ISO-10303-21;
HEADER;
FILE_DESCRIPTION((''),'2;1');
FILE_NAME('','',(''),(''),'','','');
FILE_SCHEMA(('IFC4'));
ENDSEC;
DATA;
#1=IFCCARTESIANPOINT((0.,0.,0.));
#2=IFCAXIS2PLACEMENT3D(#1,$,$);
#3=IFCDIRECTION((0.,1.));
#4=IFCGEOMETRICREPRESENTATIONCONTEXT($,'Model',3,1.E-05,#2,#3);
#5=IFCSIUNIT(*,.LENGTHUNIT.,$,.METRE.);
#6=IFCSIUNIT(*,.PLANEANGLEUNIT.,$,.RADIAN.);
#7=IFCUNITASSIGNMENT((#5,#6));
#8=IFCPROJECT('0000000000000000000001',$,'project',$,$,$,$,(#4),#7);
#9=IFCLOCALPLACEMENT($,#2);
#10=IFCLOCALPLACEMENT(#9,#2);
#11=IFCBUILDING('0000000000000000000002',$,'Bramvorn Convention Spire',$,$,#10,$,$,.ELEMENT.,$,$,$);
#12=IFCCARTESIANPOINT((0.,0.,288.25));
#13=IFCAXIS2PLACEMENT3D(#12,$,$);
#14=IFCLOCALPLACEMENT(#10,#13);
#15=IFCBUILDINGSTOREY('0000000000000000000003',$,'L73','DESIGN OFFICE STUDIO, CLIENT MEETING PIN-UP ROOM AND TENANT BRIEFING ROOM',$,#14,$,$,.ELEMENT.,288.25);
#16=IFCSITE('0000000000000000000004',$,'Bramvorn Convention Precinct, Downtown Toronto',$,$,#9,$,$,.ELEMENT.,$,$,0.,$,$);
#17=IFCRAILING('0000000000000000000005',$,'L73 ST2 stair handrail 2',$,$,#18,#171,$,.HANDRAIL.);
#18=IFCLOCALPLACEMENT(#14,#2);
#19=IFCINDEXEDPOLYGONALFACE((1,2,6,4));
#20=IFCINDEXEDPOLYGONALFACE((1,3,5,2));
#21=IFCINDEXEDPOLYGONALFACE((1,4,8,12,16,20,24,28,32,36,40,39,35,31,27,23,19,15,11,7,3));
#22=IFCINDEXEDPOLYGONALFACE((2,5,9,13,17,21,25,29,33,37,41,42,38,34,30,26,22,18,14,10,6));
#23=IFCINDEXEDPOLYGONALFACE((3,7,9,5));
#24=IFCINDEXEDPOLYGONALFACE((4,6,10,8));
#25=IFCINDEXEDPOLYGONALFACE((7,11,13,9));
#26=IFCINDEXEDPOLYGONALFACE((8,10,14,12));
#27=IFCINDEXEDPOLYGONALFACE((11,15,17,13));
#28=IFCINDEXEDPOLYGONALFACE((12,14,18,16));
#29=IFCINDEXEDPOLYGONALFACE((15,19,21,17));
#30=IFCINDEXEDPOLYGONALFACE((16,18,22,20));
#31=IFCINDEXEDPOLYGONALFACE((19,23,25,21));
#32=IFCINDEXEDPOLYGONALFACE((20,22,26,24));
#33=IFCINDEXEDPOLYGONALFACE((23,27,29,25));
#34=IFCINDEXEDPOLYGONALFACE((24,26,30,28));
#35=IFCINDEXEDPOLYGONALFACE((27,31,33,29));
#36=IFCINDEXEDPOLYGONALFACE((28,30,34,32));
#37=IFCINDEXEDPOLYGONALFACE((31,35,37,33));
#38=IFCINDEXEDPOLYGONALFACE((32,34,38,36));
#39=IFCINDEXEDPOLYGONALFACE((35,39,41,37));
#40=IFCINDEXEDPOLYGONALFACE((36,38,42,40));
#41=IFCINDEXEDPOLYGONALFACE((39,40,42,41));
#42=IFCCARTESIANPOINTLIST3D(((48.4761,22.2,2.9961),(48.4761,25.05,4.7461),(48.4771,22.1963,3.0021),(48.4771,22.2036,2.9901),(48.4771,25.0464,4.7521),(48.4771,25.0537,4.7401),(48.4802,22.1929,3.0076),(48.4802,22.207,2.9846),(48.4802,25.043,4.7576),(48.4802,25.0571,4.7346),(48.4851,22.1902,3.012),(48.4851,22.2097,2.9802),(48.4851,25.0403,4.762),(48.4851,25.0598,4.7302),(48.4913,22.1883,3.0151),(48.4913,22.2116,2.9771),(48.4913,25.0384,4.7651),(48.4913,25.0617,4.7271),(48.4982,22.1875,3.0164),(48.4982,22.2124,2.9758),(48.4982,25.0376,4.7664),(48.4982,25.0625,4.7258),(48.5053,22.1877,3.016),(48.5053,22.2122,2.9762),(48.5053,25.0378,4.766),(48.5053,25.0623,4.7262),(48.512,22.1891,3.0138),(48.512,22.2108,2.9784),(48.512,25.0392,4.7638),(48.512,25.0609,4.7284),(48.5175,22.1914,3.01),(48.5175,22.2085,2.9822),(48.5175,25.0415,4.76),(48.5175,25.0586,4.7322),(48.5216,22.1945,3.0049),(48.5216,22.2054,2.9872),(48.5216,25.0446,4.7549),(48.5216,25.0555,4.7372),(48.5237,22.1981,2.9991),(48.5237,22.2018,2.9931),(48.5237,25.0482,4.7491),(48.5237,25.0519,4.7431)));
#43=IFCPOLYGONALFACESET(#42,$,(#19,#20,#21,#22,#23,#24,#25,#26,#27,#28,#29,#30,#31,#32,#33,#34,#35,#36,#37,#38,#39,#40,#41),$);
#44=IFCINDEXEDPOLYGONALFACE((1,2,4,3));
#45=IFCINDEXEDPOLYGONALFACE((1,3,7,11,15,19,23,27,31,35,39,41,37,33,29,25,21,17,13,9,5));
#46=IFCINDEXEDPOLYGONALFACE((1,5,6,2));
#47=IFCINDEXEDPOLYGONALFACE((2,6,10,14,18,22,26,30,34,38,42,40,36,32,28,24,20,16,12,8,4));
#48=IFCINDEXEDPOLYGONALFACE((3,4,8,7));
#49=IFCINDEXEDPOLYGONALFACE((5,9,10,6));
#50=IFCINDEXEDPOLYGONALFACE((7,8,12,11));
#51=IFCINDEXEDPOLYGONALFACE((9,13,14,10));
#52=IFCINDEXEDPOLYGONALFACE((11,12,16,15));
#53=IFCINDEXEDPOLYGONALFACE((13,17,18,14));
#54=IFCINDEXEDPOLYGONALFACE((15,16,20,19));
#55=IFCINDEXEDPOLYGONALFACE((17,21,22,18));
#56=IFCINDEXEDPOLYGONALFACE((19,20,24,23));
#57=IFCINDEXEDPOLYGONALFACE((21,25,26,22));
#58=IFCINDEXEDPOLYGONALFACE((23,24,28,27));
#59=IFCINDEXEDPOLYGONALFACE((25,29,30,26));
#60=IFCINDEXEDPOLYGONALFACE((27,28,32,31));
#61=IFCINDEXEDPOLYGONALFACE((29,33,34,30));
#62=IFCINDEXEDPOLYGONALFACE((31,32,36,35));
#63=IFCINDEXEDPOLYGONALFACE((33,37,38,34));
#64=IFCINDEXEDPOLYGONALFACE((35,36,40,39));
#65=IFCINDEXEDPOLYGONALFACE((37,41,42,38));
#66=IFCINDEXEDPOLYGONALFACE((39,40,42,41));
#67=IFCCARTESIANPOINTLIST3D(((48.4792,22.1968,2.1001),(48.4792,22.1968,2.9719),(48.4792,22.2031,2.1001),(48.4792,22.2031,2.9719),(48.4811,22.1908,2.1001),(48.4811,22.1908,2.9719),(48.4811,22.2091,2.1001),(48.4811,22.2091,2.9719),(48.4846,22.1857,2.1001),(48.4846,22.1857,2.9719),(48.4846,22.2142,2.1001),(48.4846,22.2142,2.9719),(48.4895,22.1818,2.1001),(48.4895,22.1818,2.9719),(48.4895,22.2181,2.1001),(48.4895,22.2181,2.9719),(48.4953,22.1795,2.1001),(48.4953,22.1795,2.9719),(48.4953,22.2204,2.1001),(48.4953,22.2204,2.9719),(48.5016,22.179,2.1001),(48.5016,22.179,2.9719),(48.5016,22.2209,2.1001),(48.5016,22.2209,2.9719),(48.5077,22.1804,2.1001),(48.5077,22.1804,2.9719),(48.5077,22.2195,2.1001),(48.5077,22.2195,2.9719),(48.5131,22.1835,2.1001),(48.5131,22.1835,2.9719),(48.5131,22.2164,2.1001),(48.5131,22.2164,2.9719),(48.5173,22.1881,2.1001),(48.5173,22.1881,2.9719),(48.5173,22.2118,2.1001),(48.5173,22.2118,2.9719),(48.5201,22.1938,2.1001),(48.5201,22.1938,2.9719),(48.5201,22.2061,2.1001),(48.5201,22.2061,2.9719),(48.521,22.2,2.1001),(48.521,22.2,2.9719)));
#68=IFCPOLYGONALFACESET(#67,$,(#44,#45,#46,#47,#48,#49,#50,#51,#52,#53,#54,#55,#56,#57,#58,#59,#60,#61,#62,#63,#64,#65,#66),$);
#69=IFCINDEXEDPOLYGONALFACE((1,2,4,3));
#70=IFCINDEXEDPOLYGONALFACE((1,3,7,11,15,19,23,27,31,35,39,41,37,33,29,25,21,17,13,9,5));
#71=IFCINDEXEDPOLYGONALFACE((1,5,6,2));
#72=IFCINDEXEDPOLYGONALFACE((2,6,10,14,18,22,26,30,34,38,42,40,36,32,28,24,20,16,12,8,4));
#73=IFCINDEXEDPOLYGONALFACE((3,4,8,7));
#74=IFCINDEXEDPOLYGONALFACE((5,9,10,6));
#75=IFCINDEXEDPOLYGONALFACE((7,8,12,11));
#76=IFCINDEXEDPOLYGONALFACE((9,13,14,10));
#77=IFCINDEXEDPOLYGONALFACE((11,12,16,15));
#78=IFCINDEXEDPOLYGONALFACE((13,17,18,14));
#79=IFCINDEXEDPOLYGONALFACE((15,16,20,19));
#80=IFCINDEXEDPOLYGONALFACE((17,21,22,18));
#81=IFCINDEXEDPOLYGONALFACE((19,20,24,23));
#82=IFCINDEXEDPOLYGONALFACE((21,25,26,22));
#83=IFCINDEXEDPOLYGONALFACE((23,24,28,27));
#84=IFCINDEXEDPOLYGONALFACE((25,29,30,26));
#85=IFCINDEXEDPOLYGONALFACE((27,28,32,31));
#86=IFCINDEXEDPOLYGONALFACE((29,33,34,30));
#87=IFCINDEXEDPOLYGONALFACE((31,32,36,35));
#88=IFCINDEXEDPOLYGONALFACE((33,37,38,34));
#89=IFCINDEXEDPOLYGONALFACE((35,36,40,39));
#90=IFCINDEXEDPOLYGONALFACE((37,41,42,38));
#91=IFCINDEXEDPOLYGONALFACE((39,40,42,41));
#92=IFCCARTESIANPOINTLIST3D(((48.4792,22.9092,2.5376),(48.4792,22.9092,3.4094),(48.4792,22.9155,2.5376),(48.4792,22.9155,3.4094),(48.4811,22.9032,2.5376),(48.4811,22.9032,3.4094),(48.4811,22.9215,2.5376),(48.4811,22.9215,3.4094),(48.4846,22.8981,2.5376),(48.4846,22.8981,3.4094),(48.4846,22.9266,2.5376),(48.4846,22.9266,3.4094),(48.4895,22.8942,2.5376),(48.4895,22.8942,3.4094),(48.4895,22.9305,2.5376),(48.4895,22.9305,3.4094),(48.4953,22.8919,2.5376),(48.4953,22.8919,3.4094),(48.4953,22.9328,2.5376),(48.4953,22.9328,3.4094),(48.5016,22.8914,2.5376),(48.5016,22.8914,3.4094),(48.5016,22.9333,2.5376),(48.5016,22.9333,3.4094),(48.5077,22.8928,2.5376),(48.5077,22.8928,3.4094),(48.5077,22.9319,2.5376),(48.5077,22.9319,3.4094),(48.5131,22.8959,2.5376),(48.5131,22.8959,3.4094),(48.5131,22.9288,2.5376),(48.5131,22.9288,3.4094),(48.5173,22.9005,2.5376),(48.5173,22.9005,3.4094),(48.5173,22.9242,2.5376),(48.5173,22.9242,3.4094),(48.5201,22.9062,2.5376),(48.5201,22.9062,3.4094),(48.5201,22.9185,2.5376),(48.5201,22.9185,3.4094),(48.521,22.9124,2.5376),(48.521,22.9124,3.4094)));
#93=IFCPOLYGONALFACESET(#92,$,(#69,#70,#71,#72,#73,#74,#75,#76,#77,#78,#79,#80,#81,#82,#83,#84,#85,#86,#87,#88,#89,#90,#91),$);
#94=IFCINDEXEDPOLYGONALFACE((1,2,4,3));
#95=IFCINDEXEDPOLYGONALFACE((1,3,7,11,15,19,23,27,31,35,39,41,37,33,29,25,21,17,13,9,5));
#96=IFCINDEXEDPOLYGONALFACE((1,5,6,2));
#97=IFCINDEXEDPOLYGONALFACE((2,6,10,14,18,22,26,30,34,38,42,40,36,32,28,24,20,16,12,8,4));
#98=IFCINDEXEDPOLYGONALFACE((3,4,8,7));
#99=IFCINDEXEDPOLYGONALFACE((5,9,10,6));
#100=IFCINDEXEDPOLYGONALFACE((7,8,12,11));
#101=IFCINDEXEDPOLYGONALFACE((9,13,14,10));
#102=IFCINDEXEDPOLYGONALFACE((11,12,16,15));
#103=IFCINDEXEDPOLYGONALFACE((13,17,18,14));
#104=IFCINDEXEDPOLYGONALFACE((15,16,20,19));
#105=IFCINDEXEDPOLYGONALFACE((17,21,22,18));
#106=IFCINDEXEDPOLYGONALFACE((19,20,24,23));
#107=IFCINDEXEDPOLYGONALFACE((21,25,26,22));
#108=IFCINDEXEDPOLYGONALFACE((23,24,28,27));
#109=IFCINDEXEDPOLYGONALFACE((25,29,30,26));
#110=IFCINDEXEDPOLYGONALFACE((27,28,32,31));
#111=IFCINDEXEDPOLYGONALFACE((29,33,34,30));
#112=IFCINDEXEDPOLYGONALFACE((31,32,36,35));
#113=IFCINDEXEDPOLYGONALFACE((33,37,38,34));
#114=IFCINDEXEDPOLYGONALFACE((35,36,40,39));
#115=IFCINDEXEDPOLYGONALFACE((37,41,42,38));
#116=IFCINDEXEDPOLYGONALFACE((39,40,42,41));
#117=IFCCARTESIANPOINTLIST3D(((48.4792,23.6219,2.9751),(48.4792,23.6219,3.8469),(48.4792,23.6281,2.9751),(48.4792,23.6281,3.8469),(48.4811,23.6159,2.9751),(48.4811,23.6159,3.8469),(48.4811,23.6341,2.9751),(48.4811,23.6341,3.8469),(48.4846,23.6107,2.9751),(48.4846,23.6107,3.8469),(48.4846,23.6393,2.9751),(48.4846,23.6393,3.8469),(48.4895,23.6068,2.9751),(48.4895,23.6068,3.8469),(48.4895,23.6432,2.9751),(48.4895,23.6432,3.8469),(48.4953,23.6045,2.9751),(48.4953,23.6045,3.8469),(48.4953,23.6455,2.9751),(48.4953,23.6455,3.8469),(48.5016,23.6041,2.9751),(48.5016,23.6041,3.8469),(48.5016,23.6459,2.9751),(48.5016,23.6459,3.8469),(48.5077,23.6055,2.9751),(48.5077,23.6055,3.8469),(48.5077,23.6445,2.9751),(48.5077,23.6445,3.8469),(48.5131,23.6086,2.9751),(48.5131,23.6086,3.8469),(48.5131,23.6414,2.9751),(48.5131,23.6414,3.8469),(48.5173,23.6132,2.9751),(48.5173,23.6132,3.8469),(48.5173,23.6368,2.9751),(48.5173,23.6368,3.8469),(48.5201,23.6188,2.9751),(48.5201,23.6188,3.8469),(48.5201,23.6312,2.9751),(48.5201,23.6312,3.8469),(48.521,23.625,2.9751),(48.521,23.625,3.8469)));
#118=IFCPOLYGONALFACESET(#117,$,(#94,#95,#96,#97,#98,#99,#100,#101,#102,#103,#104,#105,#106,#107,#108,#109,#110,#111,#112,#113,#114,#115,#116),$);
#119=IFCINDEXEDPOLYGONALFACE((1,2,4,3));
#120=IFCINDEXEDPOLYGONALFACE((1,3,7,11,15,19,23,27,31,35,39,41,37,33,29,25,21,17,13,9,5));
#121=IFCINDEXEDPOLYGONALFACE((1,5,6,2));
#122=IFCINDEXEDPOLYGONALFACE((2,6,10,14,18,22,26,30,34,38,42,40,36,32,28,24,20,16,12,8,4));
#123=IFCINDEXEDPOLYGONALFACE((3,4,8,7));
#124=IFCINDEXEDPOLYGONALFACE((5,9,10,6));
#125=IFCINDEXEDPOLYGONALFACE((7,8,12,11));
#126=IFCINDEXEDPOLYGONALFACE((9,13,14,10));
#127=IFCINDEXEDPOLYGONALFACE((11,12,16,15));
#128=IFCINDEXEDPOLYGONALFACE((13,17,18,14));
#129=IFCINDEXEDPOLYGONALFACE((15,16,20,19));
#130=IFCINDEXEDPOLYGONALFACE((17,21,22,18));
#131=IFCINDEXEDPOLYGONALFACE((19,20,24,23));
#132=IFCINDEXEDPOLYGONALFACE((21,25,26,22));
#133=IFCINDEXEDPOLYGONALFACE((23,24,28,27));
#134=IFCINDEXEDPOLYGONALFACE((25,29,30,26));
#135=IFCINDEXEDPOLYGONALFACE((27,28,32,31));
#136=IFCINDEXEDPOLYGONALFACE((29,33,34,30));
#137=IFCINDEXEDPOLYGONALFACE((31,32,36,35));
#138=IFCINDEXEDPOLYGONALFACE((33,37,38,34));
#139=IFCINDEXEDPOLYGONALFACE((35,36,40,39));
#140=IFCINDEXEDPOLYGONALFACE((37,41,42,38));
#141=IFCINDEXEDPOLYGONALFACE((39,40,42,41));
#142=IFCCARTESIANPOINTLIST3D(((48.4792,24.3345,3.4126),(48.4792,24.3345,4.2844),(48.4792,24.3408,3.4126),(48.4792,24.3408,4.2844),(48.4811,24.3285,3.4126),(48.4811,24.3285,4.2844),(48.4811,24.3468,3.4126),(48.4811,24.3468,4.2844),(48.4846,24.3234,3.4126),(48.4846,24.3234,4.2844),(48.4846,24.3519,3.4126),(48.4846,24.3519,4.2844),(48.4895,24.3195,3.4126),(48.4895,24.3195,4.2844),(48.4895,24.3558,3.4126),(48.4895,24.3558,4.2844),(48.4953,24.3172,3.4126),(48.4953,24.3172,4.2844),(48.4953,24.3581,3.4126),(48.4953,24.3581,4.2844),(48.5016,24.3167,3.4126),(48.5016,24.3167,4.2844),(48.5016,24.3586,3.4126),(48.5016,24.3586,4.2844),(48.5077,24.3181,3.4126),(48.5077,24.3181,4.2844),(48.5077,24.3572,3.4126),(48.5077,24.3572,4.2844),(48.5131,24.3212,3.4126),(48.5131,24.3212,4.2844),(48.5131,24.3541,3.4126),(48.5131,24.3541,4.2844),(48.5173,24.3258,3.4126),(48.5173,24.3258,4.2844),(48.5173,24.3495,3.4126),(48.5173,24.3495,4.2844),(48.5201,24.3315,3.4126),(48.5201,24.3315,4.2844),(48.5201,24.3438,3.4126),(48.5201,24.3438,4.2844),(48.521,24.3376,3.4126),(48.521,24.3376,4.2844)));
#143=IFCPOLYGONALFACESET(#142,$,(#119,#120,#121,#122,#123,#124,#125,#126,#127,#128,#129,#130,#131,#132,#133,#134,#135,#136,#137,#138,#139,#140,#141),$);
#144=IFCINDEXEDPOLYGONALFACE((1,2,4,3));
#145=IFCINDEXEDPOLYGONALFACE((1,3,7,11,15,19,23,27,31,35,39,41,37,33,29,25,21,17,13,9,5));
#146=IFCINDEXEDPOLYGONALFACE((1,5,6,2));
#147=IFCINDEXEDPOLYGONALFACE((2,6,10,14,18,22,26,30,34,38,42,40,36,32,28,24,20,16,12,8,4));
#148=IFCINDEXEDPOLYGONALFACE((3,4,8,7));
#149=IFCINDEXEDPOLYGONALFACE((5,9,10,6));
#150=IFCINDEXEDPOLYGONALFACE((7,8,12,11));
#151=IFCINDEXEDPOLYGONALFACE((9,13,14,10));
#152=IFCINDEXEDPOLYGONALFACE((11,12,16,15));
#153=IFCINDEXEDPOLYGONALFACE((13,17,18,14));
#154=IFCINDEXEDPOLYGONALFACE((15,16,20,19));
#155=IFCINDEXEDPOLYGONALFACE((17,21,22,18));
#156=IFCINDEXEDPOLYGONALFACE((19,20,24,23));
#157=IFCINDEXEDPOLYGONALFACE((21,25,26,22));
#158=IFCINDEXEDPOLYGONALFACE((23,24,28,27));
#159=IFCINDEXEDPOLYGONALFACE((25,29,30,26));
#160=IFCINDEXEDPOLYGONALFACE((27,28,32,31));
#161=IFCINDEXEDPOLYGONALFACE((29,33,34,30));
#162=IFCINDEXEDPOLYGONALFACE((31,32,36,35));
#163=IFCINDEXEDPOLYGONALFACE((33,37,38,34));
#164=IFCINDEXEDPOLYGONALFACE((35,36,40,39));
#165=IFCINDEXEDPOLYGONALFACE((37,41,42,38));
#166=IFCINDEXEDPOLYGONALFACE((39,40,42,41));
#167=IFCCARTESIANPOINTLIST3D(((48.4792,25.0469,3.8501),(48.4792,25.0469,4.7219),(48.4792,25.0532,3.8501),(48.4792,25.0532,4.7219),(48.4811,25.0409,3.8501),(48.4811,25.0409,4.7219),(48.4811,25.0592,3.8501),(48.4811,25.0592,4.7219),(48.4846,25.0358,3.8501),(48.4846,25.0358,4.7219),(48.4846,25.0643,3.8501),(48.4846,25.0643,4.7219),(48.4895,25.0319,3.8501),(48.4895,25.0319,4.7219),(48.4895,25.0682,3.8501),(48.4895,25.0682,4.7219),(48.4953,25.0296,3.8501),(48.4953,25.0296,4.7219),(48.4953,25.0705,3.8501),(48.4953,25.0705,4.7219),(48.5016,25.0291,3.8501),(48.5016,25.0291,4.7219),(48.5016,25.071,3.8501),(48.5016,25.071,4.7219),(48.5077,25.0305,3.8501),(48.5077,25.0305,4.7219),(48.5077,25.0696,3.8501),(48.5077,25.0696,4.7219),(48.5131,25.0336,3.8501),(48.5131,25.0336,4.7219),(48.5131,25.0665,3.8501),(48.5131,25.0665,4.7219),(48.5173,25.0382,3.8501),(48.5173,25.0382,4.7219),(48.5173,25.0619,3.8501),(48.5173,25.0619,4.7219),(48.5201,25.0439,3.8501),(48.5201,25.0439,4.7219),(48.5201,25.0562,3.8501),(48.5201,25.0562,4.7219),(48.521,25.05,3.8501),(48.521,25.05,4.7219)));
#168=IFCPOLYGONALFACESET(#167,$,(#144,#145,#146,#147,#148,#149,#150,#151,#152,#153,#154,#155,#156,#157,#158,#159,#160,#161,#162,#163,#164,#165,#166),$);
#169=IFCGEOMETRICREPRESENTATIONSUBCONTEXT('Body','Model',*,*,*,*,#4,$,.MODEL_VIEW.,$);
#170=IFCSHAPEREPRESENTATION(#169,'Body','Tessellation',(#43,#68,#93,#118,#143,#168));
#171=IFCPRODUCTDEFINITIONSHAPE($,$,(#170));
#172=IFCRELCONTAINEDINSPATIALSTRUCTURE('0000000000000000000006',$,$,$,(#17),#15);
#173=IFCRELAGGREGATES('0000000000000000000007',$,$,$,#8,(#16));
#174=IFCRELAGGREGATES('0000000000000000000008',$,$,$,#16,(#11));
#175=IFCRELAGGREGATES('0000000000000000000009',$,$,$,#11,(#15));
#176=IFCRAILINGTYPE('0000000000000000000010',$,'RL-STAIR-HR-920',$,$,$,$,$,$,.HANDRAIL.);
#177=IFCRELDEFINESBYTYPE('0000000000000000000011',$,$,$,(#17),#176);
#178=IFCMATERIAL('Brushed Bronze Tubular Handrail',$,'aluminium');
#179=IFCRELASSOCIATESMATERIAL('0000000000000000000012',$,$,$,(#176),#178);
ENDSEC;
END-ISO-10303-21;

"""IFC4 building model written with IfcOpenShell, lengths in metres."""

from ifc_helpers import new_model, si_unit, direction, frame, origin, origin_2d, place, context, subcontext, project, spatial, circle, extrude, material, type_object, element, save


model = new_model("IFC4")

# Units and contexts
model_context = context("Model", 3, precision=1e-05, world=origin(), true_north=direction((0.0, 1.0)))
body_context = subcontext(model_context, "Body", "Model", "MODEL_VIEW")
ifc_project = project(units=[si_unit("LENGTHUNIT", "METRE"), si_unit("PLANEANGLEUNIT", "RADIAN")], contexts=[model_context])

# Site, building, storey
site_placement = place(None, origin())
site = spatial("IfcSite", under=ifc_project, at=site_placement, Name="Bramvorn Convention Precinct, Downtown Toronto", CompositionType="ELEMENT", RefElevation=0.0)
building_placement = place(site_placement, origin())
building = spatial("IfcBuilding", under=site, at=building_placement, Name="Bramvorn Convention Spire", CompositionType="ELEMENT")
storey_placement = place(building_placement, frame((0.0, 0.0, 288.25)))
storey = spatial("IfcBuildingStorey", under=building, at=storey_placement, Name="L73", Description="DESIGN OFFICE STUDIO, CLIENT MEETING PIN-UP ROOM AND TENANT BRIEFING ROOM", CompositionType="ELEMENT", Elevation=288.25)

# Railing
ifc_material_1 = material(Name="Brushed Bronze Tubular Handrail", Category="aluminium")
railing_type_1 = type_object("IfcRailingType", Name="RL-STAIR-HR-920", PredefinedType="HANDRAIL", material=ifc_material_1)
railing_1_placement = place(storey_placement, frame((48.5, 22.2, 2.1001)))
element("IfcRailing", 1, at=railing_1_placement, inside=storey, type_object=railing_type_1, Name="L73 ST2 stair handrail 2", PredefinedType="HANDRAIL", context=body_context, shape_type="SweptSolid", body=[
    extrude(circle(Radius=0.0239, at=origin_2d()), frame((0.0, 0.0, 0.896), z_axis=(0.0, 0.852179, 0.52325), x_axis=(-1.0, 0.0, 0.0)), (0.0, 0.0, 1.0), 3.3445),
    extrude(circle(Radius=0.021, at=origin_2d()), origin(), (0.0, 0.0, 1.0), 0.8718),
    extrude(circle(Radius=0.021, at=origin_2d()), frame((0.0, 0.7124, 0.4375)), (0.0, 0.0, 1.0), 0.8718),
    extrude(circle(Radius=0.021, at=origin_2d()), frame((0.0, 1.425, 0.875)), (0.0, 0.0, 1.0), 0.8718),
    extrude(circle(Radius=0.021, at=origin_2d()), frame((0.0, 2.1377, 1.3125)), (0.0, 0.0, 1.0), 0.8718),
    extrude(circle(Radius=0.021, at=origin_2d()), frame((0.0, 2.8501, 1.75)), (0.0, 0.0, 1.0), 0.8718),
])

save(model, "model.ifc")
